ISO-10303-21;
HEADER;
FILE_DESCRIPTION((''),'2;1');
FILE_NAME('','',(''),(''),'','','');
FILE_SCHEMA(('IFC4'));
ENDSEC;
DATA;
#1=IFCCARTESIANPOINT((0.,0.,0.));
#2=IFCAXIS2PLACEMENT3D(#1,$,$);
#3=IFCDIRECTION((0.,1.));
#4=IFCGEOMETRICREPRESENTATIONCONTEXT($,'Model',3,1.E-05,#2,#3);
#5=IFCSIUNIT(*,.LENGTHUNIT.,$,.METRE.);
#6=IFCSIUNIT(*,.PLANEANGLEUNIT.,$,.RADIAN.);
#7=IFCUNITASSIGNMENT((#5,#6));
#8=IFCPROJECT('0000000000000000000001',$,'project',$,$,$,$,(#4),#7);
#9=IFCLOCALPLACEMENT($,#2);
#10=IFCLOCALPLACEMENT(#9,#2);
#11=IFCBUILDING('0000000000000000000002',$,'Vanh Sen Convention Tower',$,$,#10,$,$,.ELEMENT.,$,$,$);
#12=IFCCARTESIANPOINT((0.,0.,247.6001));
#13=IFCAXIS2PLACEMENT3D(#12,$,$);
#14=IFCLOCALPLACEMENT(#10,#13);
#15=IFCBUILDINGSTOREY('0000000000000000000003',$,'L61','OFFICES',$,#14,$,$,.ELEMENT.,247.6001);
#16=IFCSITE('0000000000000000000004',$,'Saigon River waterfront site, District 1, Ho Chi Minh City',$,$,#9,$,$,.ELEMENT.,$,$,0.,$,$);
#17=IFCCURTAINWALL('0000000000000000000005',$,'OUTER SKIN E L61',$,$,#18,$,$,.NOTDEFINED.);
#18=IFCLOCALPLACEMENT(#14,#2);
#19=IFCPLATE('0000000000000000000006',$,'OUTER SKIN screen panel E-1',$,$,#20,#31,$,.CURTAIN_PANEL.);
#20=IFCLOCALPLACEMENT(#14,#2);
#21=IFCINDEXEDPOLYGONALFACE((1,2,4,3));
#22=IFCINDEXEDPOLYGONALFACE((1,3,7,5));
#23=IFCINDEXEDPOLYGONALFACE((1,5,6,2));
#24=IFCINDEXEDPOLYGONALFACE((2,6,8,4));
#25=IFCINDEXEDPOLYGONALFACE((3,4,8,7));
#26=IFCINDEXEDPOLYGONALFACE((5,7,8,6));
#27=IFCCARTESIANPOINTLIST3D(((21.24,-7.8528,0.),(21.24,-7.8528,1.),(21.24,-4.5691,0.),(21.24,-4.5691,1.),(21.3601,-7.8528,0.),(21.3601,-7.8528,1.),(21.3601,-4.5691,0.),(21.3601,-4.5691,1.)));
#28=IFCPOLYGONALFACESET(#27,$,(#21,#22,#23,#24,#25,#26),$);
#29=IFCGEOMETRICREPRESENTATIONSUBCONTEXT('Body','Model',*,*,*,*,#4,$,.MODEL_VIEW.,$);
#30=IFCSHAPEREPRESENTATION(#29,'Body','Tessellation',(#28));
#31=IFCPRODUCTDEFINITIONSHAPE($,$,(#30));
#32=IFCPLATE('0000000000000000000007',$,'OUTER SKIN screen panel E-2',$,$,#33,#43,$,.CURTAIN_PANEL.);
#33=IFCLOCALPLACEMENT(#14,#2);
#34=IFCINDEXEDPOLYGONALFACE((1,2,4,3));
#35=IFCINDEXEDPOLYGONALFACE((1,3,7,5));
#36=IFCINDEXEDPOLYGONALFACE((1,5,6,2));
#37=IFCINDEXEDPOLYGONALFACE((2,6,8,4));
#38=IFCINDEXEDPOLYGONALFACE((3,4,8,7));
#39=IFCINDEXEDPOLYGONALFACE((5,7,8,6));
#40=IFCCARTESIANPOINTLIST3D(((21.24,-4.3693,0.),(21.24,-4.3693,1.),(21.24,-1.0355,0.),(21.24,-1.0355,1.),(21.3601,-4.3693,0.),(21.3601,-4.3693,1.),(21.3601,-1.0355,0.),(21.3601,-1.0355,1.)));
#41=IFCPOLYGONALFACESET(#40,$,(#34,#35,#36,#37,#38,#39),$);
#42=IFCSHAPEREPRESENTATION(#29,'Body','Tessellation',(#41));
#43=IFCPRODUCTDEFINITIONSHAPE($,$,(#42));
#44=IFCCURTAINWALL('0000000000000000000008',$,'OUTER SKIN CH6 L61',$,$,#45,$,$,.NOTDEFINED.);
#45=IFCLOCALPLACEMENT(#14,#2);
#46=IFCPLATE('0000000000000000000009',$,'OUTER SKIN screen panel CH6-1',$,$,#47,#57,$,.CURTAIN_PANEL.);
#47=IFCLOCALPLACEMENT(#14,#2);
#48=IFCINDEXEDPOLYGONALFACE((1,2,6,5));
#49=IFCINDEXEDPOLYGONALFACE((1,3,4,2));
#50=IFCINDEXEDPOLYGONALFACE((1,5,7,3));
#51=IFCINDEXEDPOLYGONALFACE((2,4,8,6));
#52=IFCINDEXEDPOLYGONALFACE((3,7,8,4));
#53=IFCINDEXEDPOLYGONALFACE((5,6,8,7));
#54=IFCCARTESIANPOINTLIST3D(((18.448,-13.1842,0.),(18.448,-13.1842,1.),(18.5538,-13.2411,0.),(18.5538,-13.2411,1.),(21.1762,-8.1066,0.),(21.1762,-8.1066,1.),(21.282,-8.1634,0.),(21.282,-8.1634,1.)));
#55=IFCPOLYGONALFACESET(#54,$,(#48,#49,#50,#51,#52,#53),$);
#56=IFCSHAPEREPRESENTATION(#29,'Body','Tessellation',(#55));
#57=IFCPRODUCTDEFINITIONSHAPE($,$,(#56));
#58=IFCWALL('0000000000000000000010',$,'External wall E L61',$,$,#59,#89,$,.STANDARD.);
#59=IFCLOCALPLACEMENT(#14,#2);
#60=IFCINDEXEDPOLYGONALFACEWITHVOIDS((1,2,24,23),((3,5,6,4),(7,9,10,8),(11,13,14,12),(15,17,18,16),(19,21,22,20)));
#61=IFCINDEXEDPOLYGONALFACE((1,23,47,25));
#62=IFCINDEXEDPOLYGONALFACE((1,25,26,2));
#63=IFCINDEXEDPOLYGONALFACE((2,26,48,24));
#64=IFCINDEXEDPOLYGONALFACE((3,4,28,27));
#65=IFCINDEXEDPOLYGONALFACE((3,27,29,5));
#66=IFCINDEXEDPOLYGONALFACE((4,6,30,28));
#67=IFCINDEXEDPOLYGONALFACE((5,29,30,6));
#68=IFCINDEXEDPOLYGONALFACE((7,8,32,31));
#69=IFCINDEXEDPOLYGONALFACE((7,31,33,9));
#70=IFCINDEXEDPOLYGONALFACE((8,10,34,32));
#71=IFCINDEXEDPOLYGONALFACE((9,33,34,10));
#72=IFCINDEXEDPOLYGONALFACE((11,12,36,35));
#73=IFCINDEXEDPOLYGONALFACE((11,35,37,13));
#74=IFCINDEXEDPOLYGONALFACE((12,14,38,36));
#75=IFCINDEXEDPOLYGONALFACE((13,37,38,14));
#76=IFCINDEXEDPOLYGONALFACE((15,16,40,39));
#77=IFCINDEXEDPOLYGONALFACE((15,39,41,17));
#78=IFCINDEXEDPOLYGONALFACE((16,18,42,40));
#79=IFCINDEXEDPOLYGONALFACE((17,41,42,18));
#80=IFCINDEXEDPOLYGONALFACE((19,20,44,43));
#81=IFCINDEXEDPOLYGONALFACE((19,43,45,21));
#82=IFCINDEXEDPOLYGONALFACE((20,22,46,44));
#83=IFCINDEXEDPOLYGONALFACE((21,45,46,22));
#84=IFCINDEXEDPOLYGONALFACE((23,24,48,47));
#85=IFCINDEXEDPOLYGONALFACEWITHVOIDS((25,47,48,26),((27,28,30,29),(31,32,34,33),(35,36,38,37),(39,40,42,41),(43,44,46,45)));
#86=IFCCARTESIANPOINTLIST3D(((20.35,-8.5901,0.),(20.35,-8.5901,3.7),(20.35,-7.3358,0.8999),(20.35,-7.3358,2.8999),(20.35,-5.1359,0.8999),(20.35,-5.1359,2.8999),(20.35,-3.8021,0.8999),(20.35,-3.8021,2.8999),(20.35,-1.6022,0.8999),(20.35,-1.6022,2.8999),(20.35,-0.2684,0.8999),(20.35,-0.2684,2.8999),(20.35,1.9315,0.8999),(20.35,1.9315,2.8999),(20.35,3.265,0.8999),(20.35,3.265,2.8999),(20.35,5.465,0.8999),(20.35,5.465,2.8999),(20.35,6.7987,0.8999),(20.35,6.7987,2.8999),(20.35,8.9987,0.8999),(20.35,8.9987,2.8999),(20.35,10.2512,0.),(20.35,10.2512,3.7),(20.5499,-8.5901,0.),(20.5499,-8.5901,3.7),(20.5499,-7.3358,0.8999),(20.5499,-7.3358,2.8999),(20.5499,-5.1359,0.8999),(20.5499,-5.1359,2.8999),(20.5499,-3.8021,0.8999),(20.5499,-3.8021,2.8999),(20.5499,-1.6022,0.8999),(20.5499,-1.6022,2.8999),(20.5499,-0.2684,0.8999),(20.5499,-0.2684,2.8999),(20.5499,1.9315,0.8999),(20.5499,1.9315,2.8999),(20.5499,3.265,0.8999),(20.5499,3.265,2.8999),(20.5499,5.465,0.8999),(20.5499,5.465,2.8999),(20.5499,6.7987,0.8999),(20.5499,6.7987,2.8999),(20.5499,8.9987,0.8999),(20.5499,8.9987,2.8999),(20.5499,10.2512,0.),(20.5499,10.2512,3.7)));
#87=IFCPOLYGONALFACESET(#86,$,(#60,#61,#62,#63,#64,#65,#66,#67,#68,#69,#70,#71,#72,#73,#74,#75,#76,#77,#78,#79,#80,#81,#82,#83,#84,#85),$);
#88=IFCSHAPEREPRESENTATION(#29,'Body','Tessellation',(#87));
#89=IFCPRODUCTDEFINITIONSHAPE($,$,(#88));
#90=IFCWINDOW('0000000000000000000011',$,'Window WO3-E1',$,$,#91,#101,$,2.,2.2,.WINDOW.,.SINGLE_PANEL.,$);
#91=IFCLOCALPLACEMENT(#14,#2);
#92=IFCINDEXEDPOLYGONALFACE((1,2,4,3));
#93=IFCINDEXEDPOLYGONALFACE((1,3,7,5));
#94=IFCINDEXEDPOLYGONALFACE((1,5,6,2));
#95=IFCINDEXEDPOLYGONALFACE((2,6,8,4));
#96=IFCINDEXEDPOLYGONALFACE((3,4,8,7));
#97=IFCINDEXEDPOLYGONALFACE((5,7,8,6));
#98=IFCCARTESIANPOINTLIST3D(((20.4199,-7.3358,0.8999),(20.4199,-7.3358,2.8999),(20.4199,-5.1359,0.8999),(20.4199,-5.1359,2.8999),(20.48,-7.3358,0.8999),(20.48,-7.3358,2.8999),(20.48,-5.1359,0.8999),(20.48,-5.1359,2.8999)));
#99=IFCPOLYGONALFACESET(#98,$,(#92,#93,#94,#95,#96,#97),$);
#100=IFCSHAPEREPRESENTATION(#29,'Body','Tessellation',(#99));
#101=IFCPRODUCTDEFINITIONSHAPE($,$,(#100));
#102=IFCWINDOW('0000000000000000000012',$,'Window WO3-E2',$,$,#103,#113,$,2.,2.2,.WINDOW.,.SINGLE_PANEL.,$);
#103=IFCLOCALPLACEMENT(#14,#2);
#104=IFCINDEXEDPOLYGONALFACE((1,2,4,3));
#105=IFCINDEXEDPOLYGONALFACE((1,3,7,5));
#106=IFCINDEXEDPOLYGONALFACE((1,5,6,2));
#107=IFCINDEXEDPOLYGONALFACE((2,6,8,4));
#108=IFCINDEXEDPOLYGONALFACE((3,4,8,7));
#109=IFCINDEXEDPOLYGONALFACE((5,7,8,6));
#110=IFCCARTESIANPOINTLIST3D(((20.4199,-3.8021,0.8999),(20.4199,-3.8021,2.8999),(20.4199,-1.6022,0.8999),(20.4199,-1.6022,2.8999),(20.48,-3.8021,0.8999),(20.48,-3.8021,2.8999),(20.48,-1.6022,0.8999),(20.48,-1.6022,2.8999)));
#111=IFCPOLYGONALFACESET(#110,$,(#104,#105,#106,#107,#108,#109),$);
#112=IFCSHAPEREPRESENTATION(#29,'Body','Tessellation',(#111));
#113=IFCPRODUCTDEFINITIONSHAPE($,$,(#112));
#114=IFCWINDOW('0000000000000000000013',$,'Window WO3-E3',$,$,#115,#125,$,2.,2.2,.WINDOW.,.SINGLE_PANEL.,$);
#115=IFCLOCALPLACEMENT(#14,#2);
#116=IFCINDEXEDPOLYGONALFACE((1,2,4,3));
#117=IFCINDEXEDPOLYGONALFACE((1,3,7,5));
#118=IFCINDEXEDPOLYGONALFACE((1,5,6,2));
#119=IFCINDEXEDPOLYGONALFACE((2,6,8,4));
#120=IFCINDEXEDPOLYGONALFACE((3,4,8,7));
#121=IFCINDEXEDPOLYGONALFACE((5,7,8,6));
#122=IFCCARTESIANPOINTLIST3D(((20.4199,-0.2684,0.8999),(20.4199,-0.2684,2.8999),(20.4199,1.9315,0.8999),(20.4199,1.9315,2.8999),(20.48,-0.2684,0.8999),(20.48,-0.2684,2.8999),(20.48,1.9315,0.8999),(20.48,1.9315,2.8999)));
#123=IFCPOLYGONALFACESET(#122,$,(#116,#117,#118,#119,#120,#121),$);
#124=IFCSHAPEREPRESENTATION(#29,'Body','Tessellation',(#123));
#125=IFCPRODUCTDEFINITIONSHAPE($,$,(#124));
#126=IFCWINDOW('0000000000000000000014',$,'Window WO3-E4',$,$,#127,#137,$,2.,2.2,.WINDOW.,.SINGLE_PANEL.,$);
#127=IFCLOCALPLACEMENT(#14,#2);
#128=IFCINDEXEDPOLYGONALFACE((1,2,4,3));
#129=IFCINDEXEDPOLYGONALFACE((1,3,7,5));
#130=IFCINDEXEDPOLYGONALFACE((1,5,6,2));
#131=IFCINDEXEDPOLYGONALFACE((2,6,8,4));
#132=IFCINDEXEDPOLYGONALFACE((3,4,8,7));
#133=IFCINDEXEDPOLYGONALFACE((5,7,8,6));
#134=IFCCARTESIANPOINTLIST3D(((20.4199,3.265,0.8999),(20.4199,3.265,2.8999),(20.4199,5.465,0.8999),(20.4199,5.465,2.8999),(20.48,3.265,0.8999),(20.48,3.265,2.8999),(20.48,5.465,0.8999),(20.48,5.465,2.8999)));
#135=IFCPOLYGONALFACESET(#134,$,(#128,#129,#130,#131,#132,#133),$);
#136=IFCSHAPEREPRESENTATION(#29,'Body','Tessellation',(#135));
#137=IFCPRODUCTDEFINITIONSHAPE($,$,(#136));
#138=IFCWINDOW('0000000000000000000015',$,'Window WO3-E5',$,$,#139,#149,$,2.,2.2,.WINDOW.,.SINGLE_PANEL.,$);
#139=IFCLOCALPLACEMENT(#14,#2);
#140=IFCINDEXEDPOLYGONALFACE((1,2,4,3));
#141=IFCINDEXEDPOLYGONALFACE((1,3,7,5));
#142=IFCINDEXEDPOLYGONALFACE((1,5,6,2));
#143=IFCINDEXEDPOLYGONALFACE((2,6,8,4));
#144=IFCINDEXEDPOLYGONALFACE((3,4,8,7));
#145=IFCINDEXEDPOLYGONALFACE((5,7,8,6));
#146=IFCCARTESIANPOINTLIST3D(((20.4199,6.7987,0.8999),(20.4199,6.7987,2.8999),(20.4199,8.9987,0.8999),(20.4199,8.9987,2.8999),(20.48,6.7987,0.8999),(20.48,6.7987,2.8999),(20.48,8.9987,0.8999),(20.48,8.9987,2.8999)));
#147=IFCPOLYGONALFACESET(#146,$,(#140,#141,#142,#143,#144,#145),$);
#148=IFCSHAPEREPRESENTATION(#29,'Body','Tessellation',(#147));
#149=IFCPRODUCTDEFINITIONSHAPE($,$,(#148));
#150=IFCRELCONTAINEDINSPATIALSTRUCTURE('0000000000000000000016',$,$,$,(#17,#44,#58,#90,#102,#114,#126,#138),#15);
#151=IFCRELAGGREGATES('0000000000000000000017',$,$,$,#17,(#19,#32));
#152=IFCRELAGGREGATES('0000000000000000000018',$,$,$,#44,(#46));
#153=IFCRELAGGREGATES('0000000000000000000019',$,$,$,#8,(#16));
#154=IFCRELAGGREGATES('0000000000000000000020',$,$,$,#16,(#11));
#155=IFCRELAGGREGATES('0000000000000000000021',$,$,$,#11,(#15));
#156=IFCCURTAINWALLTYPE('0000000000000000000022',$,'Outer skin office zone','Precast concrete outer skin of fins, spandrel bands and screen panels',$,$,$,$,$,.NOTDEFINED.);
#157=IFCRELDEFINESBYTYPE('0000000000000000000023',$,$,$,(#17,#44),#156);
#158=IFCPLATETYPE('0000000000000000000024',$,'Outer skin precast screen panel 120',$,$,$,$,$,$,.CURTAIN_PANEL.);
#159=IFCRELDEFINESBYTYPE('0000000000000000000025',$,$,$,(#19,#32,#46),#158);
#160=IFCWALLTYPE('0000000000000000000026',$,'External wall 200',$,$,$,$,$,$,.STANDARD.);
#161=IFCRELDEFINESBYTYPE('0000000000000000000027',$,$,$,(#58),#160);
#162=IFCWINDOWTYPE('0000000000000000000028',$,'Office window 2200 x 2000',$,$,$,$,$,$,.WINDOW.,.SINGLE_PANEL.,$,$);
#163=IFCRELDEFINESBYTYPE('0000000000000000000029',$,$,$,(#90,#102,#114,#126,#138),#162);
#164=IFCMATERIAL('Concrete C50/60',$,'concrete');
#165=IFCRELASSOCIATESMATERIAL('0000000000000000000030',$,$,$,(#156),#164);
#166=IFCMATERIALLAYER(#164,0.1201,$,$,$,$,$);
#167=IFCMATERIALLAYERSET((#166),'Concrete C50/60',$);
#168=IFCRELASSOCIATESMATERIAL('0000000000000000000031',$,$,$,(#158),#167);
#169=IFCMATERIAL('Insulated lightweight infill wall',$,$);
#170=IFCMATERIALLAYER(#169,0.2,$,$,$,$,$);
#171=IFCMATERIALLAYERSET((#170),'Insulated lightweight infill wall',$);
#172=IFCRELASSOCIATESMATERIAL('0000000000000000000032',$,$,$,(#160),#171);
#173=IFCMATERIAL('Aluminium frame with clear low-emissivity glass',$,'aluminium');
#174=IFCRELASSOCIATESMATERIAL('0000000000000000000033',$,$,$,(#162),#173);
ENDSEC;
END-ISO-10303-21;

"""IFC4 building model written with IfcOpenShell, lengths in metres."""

from ifc_helpers import new_model, si_unit, direction, frame, frame_2d, origin, origin_2d, place, context, subcontext, project, spatial, rectangle, extrude, material, layer, layer_set, type_object, element, fill, aggregate, save


model = new_model("IFC4")

# Units and contexts
model_context = context("Model", 3, precision=1e-05, world=origin(), true_north=direction((0.0, 1.0)))
body_context = subcontext(model_context, "Body", "Model", "MODEL_VIEW")
ifc_project = project(units=[si_unit("LENGTHUNIT", "METRE"), si_unit("PLANEANGLEUNIT", "RADIAN")], contexts=[model_context])

# Site, building, storey
site_placement = place(None, origin())
site = spatial("IfcSite", under=ifc_project, at=site_placement, Name="Saigon River waterfront site, District 1, Ho Chi Minh City", CompositionType="ELEMENT", RefElevation=0.0)
building_placement = place(site_placement, origin())
building = spatial("IfcBuilding", under=site, at=building_placement, Name="Vanh Sen Convention Tower", CompositionType="ELEMENT")
storey_placement = place(building_placement, frame((0.0, 0.0, 247.6001)))
storey = spatial("IfcBuildingStorey", under=building, at=storey_placement, Name="L61", Description="OFFICES", CompositionType="ELEMENT", Elevation=247.6001)

# Curtain wall
ifc_material_1 = material(Name="Concrete C50/60", Category="concrete")
curtain_wall_type = type_object("IfcCurtainWallType", Name="Outer skin office zone", Description="Precast concrete outer skin of fins, spandrel bands and screen panels", PredefinedType="NOTDEFINED", material=ifc_material_1)
curtain_wall_1_placement = place(storey_placement, origin())
curtain_wall_1 = element("IfcCurtainWall", 1, at=curtain_wall_1_placement, inside=storey, type_object=curtain_wall_type, Name="OUTER SKIN E L61", PredefinedType="NOTDEFINED")

# Plates
ifc_layer_1 = layer(ifc_material_1, 0.1201)
ifc_layer_set_1 = layer_set([ifc_layer_1], Name="Concrete C50/60")
plate_type = type_object("IfcPlateType", Name="Outer skin precast screen panel 120", PredefinedType="CURTAIN_PANEL", material=ifc_layer_set_1)
plate_1_placement = place(storey_placement, frame((21.3, -6.2109, 0.0), z_axis=(0.0, 0.0, 1.0), x_axis=(0.0, 1.0, 0.0)))
plate_1 = element("IfcPlate", 2, at=plate_1_placement, type_object=plate_type, Name="OUTER SKIN screen panel E-1", PredefinedType="CURTAIN_PANEL", context=body_context, shape_type="SweptSolid", body=[
    extrude(rectangle(XDim=3.2837, YDim=0.1201, at=origin_2d()), origin(), (0.0, 0.0, 1.0), 1.0),
])
plate_2_placement = place(storey_placement, frame((21.3, -2.7024, 0.0), z_axis=(0.0, 0.0, 1.0), x_axis=(0.0, 1.0, 0.0)))
plate_2 = element("IfcPlate", 3, at=plate_2_placement, type_object=plate_type, Name="OUTER SKIN screen panel E-2", PredefinedType="CURTAIN_PANEL", context=body_context, shape_type="SweptSolid", body=[
    extrude(rectangle(XDim=3.3337, YDim=0.1201, at=origin_2d()), origin(), (0.0, 0.0, 1.0), 1.0),
])
aggregate(curtain_wall_1, [plate_1, plate_2])

# Curtain wall, plate
curtain_wall_2_placement = place(storey_placement, origin())
curtain_wall_2 = element("IfcCurtainWall", 4, at=curtain_wall_2_placement, inside=storey, type_object=curtain_wall_type, Name="OUTER SKIN CH6 L61", PredefinedType="NOTDEFINED")
plate_3_placement = place(storey_placement, frame((19.865, -10.6738, 0.0), z_axis=(0.0, 0.0, 1.0), x_axis=(0.473314, 0.880894, 0.0)))
plate_3 = element("IfcPlate", 5, at=plate_3_placement, type_object=plate_type, Name="OUTER SKIN screen panel CH6-1", PredefinedType="CURTAIN_PANEL", context=body_context, shape_type="SweptSolid", body=[
    extrude(rectangle(XDim=5.7642, YDim=0.1201, at=origin_2d()), origin(), (0.0, 0.0, 1.0), 1.0),
])
aggregate(curtain_wall_2, [plate_3])

# Wall, openings, windows
ifc_material_2 = material(Name="Insulated lightweight infill wall")
ifc_layer_2 = layer(ifc_material_2, 0.2)
ifc_layer_set_2 = layer_set([ifc_layer_2], Name="Insulated lightweight infill wall")
wall_type = type_object("IfcWallType", Name="External wall 200", PredefinedType="STANDARD", material=ifc_layer_set_2)
wall_1_placement = place(storey_placement, frame((20.45, -8.5901, 0.0), z_axis=(0.0, 0.0, 1.0), x_axis=(0.0, 1.0, 0.0)))
wall_1 = element("IfcWall", 6, at=wall_1_placement, inside=storey, type_object=wall_type, Name="External wall E L61", PredefinedType="STANDARD", context=body_context, shape_type="SweptSolid", body=[
    extrude(rectangle(XDim=18.8413, YDim=0.2, at=frame_2d((9.4207, 0.0))), origin(), (0.0, 0.0, 1.0), 3.7),
])
opening_1_placement = place(wall_1_placement, frame((1.2542, 0.0, 0.8999)))
opening_1 = element("IfcOpeningElement", 7, at=opening_1_placement, cuts=wall_1, PredefinedType="OPENING", context=body_context, shape_type="SweptSolid", body=[
    extrude(rectangle(XDim=2.2, YDim=2.0, at=frame_2d((1.1001, 1.0))), frame((0.0, 0.1099, 0.0), z_axis=(0.0, -1.0, 0.0), x_axis=(1.0, 0.0, 0.0)), (0.0, 0.0, 1.0), 0.22),
])
opening_2_placement = place(wall_1_placement, frame((4.7878, 0.0, 0.8999)))
opening_2 = element("IfcOpeningElement", 8, at=opening_2_placement, cuts=wall_1, PredefinedType="OPENING", context=body_context, shape_type="SweptSolid", body=[
    extrude(rectangle(XDim=2.2, YDim=2.0, at=frame_2d((1.1001, 1.0))), frame((0.0, 0.1099, 0.0), z_axis=(0.0, -1.0, 0.0), x_axis=(1.0, 0.0, 0.0)), (0.0, 0.0, 1.0), 0.22),
])
opening_3_placement = place(wall_1_placement, frame((8.3215, 0.0, 0.8999)))
opening_3 = element("IfcOpeningElement", 9, at=opening_3_placement, cuts=wall_1, PredefinedType="OPENING", context=body_context, shape_type="SweptSolid", body=[
    extrude(rectangle(XDim=2.2, YDim=2.0, at=frame_2d((1.1001, 1.0))), frame((0.0, 0.1099, 0.0), z_axis=(0.0, -1.0, 0.0), x_axis=(1.0, 0.0, 0.0)), (0.0, 0.0, 1.0), 0.22),
])
opening_4_placement = place(wall_1_placement, frame((11.855, 0.0, 0.8999)))
opening_4 = element("IfcOpeningElement", 10, at=opening_4_placement, cuts=wall_1, PredefinedType="OPENING", context=body_context, shape_type="SweptSolid", body=[
    extrude(rectangle(XDim=2.2, YDim=2.0, at=frame_2d((1.1001, 1.0))), frame((0.0, 0.1099, 0.0), z_axis=(0.0, -1.0, 0.0), x_axis=(1.0, 0.0, 0.0)), (0.0, 0.0, 1.0), 0.22),
])
opening_5_placement = place(wall_1_placement, frame((15.3887, 0.0, 0.8999)))
opening_5 = element("IfcOpeningElement", 11, at=opening_5_placement, cuts=wall_1, PredefinedType="OPENING", context=body_context, shape_type="SweptSolid", body=[
    extrude(rectangle(XDim=2.2, YDim=2.0, at=frame_2d((1.1001, 1.0))), frame((0.0, 0.1099, 0.0), z_axis=(0.0, -1.0, 0.0), x_axis=(1.0, 0.0, 0.0)), (0.0, 0.0, 1.0), 0.22),
])
ifc_material_3 = material(Name="Aluminium frame with clear low-emissivity glass", Category="aluminium")
window_type_1 = type_object("IfcWindowType", Name="Office window 2200 x 2000", PartitioningType="SINGLE_PANEL", PredefinedType="WINDOW", material=ifc_material_3)
window_1_placement = place(opening_1_placement, origin())
window_1 = element("IfcWindow", 12, at=window_1_placement, inside=storey, type_object=window_type_1, Name="Window WO3-E1", OverallHeight=2.0, OverallWidth=2.2, PartitioningType="SINGLE_PANEL", PredefinedType="WINDOW", context=body_context, shape_type="SweptSolid", body=[
    extrude(rectangle(XDim=2.2, YDim=2.0, at=frame_2d((1.1001, 1.0))), frame((0.0, 0.03, 0.0), z_axis=(0.0, -1.0, 0.0), x_axis=(1.0, 0.0, 0.0)), (0.0, 0.0, 1.0), 0.0601),
])
fill(opening_1, window_1)
window_2_placement = place(opening_2_placement, origin())
window_2 = element("IfcWindow", 13, at=window_2_placement, inside=storey, type_object=window_type_1, Name="Window WO3-E2", OverallHeight=2.0, OverallWidth=2.2, PartitioningType="SINGLE_PANEL", PredefinedType="WINDOW", context=body_context, shape_type="SweptSolid", body=[
    extrude(rectangle(XDim=2.2, YDim=2.0, at=frame_2d((1.1001, 1.0))), frame((0.0, 0.03, 0.0), z_axis=(0.0, -1.0, 0.0), x_axis=(1.0, 0.0, 0.0)), (0.0, 0.0, 1.0), 0.0601),
])
fill(opening_2, window_2)
window_3_placement = place(opening_3_placement, origin())
window_3 = element("IfcWindow", 14, at=window_3_placement, inside=storey, type_object=window_type_1, Name="Window WO3-E3", OverallHeight=2.0, OverallWidth=2.2, PartitioningType="SINGLE_PANEL", PredefinedType="WINDOW", context=body_context, shape_type="SweptSolid", body=[
    extrude(rectangle(XDim=2.2, YDim=2.0, at=frame_2d((1.1001, 1.0))), frame((0.0, 0.03, 0.0), z_axis=(0.0, -1.0, 0.0), x_axis=(1.0, 0.0, 0.0)), (0.0, 0.0, 1.0), 0.0601),
])
fill(opening_3, window_3)
window_4_placement = place(opening_4_placement, origin())
window_4 = element("IfcWindow", 15, at=window_4_placement, inside=storey, type_object=window_type_1, Name="Window WO3-E4", OverallHeight=2.0, OverallWidth=2.2, PartitioningType="SINGLE_PANEL", PredefinedType="WINDOW", context=body_context, shape_type="SweptSolid", body=[
    extrude(rectangle(XDim=2.2, YDim=2.0, at=frame_2d((1.1001, 1.0))), frame((0.0, 0.03, 0.0), z_axis=(0.0, -1.0, 0.0), x_axis=(1.0, 0.0, 0.0)), (0.0, 0.0, 1.0), 0.0601),
])
fill(opening_4, window_4)
window_5_placement = place(opening_5_placement, origin())
window_5 = element("IfcWindow", 16, at=window_5_placement, inside=storey, type_object=window_type_1, Name="Window WO3-E5", OverallHeight=2.0, OverallWidth=2.2, PartitioningType="SINGLE_PANEL", PredefinedType="WINDOW", context=body_context, shape_type="SweptSolid", body=[
    extrude(rectangle(XDim=2.2, YDim=2.0, at=frame_2d((1.1001, 1.0))), frame((0.0, 0.03, 0.0), z_axis=(0.0, -1.0, 0.0), x_axis=(1.0, 0.0, 0.0)), (0.0, 0.0, 1.0), 0.0601),
])
fill(opening_5, window_5)

save(model, "model.ifc")
